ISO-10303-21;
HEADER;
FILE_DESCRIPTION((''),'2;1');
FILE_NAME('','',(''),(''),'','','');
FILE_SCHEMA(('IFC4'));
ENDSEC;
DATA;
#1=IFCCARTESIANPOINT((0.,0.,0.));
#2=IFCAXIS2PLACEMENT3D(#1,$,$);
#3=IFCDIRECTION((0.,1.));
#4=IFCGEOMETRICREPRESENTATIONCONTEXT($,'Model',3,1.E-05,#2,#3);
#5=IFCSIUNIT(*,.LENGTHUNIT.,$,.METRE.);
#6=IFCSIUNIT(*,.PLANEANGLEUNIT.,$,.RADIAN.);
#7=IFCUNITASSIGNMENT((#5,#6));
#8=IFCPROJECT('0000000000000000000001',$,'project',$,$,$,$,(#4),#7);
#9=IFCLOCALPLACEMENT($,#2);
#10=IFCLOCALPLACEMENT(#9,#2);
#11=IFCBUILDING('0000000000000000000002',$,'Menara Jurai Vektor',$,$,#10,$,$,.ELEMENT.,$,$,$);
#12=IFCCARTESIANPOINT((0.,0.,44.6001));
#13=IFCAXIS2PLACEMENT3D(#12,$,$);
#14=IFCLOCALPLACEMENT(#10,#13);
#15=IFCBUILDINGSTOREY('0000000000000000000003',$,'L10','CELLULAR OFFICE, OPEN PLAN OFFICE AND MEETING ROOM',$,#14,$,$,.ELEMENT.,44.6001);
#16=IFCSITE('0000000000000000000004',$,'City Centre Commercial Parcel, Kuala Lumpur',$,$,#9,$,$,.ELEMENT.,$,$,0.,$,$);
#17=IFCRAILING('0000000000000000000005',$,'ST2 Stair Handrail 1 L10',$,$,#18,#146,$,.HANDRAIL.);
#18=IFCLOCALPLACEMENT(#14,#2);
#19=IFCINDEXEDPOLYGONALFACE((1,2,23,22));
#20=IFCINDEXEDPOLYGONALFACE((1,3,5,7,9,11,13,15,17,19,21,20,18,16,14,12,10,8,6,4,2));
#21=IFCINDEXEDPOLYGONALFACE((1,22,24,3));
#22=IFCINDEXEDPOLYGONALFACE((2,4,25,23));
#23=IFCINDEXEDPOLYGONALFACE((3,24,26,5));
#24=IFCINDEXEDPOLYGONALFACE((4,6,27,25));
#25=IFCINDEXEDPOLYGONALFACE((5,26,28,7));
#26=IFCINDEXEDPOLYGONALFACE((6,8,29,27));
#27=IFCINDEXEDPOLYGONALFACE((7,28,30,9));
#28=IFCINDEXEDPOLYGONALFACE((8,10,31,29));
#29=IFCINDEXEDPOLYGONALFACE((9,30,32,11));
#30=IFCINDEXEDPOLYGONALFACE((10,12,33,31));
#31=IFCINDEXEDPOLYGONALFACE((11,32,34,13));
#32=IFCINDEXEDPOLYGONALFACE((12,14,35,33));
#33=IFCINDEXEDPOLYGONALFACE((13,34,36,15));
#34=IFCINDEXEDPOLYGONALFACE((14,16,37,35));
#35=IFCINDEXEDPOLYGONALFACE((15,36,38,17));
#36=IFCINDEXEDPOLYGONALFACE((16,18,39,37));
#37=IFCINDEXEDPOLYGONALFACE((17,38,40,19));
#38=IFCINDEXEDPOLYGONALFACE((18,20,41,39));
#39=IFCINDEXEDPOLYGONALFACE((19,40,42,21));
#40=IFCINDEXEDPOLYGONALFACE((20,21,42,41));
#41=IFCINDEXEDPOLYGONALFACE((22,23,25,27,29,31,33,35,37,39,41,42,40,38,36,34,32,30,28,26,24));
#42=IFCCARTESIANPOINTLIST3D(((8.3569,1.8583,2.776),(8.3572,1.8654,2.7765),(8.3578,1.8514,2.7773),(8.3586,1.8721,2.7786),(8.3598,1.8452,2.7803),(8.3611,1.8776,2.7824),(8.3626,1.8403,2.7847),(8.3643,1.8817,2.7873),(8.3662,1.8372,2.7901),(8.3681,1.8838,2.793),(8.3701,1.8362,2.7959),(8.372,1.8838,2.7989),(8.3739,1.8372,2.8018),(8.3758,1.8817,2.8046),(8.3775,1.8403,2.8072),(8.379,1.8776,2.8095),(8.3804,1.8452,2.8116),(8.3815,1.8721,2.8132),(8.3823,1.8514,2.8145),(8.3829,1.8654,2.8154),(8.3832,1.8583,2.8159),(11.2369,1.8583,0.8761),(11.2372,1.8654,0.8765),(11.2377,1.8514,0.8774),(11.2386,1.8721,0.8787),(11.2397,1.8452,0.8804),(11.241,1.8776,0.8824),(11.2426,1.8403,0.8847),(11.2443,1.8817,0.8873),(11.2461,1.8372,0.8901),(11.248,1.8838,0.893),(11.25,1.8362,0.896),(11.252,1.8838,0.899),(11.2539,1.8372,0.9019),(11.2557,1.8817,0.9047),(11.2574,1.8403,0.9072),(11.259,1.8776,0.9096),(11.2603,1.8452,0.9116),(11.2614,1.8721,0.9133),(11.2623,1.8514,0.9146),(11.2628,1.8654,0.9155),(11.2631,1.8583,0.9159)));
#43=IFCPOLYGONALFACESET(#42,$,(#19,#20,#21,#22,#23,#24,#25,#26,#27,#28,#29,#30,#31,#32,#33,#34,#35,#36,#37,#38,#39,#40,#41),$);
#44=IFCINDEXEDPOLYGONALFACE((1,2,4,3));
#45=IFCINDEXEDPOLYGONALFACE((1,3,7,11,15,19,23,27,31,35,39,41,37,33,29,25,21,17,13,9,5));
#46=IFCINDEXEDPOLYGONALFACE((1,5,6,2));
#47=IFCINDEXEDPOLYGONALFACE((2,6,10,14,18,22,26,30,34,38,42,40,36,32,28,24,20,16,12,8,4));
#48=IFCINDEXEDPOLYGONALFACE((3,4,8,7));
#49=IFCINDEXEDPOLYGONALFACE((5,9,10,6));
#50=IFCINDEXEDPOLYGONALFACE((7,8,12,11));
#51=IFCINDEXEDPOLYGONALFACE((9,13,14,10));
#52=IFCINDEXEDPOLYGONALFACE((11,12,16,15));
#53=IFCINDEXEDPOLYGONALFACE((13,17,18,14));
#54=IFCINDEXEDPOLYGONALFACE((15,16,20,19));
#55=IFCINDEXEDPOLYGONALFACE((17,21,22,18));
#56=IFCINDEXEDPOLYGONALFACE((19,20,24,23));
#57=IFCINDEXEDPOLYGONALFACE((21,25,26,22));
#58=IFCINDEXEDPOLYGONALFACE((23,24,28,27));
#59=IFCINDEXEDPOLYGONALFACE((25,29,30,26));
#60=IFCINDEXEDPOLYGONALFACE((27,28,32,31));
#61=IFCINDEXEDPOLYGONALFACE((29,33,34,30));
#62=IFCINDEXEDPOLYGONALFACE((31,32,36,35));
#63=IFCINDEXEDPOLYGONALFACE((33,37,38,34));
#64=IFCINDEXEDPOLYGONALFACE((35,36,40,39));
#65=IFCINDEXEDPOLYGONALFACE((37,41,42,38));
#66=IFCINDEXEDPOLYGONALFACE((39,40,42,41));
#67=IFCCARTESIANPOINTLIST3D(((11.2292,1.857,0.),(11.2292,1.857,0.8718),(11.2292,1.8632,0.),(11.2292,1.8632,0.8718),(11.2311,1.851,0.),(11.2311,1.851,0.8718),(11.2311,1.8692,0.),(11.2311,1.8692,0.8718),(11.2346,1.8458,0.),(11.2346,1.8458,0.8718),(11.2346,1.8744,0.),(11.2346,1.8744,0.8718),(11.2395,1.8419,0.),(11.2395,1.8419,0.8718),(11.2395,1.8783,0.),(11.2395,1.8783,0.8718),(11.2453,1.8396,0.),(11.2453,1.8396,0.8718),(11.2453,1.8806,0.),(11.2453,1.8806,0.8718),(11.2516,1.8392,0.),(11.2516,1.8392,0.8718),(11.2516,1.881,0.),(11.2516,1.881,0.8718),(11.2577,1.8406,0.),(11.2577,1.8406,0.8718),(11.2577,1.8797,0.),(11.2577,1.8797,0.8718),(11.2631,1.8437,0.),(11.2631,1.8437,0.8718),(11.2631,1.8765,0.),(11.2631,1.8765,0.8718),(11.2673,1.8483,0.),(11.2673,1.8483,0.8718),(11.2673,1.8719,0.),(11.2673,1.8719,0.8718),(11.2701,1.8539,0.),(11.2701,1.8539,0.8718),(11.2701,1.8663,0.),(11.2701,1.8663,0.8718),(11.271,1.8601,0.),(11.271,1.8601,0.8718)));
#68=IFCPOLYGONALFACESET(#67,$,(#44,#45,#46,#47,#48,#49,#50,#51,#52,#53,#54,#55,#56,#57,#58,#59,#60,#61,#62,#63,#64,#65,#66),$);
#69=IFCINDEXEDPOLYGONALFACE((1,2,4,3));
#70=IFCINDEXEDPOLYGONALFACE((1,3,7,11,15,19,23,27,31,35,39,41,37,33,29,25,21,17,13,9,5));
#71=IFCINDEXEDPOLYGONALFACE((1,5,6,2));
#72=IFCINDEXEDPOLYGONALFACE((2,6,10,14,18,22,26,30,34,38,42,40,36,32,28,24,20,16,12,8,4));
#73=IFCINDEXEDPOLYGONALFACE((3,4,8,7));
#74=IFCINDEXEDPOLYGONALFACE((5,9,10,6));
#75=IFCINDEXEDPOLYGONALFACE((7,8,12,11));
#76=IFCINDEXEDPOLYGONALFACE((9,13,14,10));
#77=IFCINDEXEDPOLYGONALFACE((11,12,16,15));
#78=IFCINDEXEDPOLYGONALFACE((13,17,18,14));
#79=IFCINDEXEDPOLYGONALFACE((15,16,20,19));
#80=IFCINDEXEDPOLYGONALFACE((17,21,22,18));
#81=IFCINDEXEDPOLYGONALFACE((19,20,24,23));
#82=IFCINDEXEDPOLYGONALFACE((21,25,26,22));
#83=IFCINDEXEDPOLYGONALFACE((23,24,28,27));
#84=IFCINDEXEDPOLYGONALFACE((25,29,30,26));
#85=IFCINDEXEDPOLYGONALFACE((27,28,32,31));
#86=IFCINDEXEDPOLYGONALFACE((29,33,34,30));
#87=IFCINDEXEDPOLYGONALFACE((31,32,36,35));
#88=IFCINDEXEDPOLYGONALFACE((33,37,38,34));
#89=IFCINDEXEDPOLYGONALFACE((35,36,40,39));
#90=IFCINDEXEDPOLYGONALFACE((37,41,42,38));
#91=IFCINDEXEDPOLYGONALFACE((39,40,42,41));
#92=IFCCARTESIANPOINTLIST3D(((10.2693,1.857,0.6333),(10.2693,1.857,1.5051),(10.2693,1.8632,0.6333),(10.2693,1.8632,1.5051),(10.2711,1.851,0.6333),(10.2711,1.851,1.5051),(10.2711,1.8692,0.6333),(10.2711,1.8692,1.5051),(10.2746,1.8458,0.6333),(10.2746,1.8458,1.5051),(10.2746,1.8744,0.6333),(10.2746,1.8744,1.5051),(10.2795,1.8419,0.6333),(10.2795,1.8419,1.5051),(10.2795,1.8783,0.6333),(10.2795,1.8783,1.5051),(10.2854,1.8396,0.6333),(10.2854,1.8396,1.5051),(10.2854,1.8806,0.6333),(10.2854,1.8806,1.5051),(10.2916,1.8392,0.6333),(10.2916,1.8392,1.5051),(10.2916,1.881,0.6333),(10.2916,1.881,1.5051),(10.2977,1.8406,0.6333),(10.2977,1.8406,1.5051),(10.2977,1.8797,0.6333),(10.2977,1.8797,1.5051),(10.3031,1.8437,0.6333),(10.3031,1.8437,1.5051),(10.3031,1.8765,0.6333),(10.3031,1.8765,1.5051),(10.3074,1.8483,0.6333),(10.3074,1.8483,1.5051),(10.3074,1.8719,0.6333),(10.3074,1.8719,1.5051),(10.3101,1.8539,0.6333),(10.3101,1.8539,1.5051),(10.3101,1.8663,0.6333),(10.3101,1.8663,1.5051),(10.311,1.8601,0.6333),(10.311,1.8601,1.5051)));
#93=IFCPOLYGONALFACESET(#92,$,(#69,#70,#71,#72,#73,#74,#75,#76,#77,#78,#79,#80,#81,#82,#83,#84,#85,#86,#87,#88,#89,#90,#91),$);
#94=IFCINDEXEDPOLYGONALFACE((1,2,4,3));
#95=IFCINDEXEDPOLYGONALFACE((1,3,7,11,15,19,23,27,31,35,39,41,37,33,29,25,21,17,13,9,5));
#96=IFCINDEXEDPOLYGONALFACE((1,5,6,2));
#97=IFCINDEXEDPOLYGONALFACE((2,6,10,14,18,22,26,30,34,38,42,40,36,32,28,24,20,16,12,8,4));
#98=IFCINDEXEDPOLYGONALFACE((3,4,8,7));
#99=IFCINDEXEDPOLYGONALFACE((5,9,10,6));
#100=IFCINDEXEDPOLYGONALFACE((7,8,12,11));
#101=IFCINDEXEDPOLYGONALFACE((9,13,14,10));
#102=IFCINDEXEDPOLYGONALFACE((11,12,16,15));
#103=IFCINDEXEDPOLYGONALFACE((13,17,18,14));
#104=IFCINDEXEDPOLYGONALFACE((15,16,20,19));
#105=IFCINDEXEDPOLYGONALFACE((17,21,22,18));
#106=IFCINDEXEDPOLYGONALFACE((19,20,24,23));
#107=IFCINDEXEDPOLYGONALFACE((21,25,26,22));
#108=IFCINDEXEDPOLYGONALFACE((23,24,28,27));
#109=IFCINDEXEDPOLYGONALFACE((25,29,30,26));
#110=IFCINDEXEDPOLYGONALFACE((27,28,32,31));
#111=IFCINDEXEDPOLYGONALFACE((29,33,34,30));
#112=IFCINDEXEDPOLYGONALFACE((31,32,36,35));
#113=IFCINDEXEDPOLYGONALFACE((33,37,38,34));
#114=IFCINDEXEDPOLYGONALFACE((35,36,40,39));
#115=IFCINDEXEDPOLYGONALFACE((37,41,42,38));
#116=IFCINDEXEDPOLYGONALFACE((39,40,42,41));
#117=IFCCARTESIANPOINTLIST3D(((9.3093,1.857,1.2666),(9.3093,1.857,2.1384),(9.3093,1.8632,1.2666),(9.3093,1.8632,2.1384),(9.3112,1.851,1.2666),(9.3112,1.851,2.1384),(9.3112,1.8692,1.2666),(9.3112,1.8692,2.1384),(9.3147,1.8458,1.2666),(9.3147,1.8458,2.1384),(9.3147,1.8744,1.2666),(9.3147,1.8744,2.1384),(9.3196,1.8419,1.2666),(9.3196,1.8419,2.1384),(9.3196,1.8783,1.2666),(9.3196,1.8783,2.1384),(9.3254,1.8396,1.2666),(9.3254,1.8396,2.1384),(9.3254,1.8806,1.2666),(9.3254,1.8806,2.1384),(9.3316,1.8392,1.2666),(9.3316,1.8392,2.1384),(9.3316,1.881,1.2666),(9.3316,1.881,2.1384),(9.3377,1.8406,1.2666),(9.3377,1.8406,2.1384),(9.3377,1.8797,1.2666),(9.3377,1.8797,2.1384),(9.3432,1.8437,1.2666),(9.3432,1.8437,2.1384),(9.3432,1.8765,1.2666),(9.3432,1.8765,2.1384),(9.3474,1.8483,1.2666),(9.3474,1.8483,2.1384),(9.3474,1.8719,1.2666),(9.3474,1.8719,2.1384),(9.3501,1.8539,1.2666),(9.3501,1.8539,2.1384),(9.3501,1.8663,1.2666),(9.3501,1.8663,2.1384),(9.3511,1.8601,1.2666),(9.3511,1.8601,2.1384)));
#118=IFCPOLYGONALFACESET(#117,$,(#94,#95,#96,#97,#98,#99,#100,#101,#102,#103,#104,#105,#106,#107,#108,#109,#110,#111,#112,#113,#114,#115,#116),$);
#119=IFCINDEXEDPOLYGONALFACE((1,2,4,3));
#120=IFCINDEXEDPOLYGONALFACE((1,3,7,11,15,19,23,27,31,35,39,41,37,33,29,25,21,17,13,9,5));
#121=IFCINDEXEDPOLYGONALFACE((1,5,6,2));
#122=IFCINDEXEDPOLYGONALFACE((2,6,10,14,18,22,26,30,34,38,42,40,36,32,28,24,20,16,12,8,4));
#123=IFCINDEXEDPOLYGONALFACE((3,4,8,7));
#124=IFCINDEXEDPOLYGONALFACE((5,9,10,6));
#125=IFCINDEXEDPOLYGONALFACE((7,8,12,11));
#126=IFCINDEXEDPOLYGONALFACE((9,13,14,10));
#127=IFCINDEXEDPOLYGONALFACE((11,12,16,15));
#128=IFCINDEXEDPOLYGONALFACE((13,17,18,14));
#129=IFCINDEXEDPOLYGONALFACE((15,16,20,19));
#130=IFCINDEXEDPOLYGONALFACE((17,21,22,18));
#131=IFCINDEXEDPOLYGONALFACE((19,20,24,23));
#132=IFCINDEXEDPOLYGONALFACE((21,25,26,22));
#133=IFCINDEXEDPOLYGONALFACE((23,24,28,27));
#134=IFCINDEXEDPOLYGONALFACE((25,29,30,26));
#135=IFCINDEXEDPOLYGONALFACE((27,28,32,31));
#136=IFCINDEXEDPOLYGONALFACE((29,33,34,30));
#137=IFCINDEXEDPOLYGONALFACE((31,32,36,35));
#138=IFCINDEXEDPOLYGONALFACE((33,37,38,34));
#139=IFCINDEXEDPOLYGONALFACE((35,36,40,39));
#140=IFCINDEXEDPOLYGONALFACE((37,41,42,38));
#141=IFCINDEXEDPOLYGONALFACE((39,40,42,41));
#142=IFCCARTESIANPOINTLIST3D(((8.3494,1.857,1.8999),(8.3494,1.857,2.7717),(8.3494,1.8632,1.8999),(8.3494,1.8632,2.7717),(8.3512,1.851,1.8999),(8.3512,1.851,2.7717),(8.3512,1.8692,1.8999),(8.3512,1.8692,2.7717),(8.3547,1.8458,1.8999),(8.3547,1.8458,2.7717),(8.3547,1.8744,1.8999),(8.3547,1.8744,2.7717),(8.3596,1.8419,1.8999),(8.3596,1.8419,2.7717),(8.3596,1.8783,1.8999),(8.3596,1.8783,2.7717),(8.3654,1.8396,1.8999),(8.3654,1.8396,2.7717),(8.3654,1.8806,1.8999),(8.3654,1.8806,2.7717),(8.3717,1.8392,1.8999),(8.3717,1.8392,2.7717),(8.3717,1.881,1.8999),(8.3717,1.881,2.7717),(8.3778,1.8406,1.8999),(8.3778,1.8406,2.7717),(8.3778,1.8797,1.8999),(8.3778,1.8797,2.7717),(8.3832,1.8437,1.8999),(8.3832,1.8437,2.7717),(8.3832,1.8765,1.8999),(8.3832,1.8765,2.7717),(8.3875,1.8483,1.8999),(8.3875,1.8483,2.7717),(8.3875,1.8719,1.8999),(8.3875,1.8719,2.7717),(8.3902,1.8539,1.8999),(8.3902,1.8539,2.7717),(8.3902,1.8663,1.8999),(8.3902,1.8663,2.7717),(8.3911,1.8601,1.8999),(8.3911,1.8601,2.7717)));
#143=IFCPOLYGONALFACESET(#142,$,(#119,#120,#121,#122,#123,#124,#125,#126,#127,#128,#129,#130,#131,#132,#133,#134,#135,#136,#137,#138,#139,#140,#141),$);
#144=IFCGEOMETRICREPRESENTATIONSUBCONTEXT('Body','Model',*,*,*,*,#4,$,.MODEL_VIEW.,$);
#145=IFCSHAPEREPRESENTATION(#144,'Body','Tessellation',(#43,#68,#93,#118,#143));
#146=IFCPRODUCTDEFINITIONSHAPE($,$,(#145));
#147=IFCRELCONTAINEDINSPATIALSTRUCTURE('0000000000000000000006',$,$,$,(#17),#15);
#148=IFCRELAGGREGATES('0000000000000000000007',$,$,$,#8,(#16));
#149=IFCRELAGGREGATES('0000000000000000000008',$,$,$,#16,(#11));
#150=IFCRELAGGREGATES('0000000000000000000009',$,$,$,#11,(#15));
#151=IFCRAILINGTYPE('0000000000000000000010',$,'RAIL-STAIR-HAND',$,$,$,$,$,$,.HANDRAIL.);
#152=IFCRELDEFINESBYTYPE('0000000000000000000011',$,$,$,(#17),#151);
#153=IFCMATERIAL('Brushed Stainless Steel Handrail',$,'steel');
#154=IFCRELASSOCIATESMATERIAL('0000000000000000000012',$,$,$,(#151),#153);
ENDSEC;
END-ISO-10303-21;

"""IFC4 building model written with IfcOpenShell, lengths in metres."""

from ifc_helpers import new_model, si_unit, direction, frame, origin, origin_2d, place, context, subcontext, project, spatial, circle, extrude, material, type_object, element, save


model = new_model("IFC4")

# Units and contexts
model_context = context("Model", 3, precision=1e-05, world=origin(), true_north=direction((0.0, 1.0)))
body_context = subcontext(model_context, "Body", "Model", "MODEL_VIEW")
ifc_project = project(units=[si_unit("LENGTHUNIT", "METRE"), si_unit("PLANEANGLEUNIT", "RADIAN")], contexts=[model_context])

# Site, building, storey
site_placement = place(None, origin())
site = spatial("IfcSite", under=ifc_project, at=site_placement, Name="City Centre Commercial Parcel, Kuala Lumpur", CompositionType="ELEMENT", RefElevation=0.0)
building_placement = place(site_placement, origin())
building = spatial("IfcBuilding", under=site, at=building_placement, Name="Menara Jurai Vektor", CompositionType="ELEMENT")
storey_placement = place(building_placement, frame((0.0, 0.0, 44.6001)))
storey = spatial("IfcBuildingStorey", under=building, at=storey_placement, Name="L10", Description="CELLULAR OFFICE, OPEN PLAN OFFICE AND MEETING ROOM", CompositionType="ELEMENT", Elevation=44.6001)

# Railing
ifc_material_1 = material(Name="Brushed Stainless Steel Handrail", Category="steel")
railing_type_1 = type_object("IfcRailingType", Name="RAIL-STAIR-HAND", PredefinedType="HANDRAIL", material=ifc_material_1)
railing_1_placement = place(storey_placement, frame((11.25, 1.8601, 0.0)))
element("IfcRailing", 1, at=railing_1_placement, inside=storey, type_object=railing_type_1, Name="ST2 Stair Handrail 1 L10", PredefinedType="HANDRAIL", context=body_context, shape_type="SweptSolid", body=[
    extrude(circle(Radius=0.0239, at=origin_2d()), frame((0.0, 0.0, 0.896), z_axis=(-0.834719, 0.0, 0.550677), x_axis=(0.0, -1.0, 0.0)), (0.0, 0.0, 1.0), 3.4502),
    extrude(circle(Radius=0.021, at=origin_2d()), origin(), (0.0, 0.0, 1.0), 0.8718),
    extrude(circle(Radius=0.021, at=origin_2d()), frame((-0.96, 0.0, 0.6333)), (0.0, 0.0, 1.0), 0.8718),
    extrude(circle(Radius=0.021, at=origin_2d()), frame((-1.9199, 0.0, 1.2666)), (0.0, 0.0, 1.0), 0.8718),
    extrude(circle(Radius=0.021, at=origin_2d()), frame((-2.8799, 0.0, 1.8999)), (0.0, 0.0, 1.0), 0.8718),
])

save(model, "model.ifc")
